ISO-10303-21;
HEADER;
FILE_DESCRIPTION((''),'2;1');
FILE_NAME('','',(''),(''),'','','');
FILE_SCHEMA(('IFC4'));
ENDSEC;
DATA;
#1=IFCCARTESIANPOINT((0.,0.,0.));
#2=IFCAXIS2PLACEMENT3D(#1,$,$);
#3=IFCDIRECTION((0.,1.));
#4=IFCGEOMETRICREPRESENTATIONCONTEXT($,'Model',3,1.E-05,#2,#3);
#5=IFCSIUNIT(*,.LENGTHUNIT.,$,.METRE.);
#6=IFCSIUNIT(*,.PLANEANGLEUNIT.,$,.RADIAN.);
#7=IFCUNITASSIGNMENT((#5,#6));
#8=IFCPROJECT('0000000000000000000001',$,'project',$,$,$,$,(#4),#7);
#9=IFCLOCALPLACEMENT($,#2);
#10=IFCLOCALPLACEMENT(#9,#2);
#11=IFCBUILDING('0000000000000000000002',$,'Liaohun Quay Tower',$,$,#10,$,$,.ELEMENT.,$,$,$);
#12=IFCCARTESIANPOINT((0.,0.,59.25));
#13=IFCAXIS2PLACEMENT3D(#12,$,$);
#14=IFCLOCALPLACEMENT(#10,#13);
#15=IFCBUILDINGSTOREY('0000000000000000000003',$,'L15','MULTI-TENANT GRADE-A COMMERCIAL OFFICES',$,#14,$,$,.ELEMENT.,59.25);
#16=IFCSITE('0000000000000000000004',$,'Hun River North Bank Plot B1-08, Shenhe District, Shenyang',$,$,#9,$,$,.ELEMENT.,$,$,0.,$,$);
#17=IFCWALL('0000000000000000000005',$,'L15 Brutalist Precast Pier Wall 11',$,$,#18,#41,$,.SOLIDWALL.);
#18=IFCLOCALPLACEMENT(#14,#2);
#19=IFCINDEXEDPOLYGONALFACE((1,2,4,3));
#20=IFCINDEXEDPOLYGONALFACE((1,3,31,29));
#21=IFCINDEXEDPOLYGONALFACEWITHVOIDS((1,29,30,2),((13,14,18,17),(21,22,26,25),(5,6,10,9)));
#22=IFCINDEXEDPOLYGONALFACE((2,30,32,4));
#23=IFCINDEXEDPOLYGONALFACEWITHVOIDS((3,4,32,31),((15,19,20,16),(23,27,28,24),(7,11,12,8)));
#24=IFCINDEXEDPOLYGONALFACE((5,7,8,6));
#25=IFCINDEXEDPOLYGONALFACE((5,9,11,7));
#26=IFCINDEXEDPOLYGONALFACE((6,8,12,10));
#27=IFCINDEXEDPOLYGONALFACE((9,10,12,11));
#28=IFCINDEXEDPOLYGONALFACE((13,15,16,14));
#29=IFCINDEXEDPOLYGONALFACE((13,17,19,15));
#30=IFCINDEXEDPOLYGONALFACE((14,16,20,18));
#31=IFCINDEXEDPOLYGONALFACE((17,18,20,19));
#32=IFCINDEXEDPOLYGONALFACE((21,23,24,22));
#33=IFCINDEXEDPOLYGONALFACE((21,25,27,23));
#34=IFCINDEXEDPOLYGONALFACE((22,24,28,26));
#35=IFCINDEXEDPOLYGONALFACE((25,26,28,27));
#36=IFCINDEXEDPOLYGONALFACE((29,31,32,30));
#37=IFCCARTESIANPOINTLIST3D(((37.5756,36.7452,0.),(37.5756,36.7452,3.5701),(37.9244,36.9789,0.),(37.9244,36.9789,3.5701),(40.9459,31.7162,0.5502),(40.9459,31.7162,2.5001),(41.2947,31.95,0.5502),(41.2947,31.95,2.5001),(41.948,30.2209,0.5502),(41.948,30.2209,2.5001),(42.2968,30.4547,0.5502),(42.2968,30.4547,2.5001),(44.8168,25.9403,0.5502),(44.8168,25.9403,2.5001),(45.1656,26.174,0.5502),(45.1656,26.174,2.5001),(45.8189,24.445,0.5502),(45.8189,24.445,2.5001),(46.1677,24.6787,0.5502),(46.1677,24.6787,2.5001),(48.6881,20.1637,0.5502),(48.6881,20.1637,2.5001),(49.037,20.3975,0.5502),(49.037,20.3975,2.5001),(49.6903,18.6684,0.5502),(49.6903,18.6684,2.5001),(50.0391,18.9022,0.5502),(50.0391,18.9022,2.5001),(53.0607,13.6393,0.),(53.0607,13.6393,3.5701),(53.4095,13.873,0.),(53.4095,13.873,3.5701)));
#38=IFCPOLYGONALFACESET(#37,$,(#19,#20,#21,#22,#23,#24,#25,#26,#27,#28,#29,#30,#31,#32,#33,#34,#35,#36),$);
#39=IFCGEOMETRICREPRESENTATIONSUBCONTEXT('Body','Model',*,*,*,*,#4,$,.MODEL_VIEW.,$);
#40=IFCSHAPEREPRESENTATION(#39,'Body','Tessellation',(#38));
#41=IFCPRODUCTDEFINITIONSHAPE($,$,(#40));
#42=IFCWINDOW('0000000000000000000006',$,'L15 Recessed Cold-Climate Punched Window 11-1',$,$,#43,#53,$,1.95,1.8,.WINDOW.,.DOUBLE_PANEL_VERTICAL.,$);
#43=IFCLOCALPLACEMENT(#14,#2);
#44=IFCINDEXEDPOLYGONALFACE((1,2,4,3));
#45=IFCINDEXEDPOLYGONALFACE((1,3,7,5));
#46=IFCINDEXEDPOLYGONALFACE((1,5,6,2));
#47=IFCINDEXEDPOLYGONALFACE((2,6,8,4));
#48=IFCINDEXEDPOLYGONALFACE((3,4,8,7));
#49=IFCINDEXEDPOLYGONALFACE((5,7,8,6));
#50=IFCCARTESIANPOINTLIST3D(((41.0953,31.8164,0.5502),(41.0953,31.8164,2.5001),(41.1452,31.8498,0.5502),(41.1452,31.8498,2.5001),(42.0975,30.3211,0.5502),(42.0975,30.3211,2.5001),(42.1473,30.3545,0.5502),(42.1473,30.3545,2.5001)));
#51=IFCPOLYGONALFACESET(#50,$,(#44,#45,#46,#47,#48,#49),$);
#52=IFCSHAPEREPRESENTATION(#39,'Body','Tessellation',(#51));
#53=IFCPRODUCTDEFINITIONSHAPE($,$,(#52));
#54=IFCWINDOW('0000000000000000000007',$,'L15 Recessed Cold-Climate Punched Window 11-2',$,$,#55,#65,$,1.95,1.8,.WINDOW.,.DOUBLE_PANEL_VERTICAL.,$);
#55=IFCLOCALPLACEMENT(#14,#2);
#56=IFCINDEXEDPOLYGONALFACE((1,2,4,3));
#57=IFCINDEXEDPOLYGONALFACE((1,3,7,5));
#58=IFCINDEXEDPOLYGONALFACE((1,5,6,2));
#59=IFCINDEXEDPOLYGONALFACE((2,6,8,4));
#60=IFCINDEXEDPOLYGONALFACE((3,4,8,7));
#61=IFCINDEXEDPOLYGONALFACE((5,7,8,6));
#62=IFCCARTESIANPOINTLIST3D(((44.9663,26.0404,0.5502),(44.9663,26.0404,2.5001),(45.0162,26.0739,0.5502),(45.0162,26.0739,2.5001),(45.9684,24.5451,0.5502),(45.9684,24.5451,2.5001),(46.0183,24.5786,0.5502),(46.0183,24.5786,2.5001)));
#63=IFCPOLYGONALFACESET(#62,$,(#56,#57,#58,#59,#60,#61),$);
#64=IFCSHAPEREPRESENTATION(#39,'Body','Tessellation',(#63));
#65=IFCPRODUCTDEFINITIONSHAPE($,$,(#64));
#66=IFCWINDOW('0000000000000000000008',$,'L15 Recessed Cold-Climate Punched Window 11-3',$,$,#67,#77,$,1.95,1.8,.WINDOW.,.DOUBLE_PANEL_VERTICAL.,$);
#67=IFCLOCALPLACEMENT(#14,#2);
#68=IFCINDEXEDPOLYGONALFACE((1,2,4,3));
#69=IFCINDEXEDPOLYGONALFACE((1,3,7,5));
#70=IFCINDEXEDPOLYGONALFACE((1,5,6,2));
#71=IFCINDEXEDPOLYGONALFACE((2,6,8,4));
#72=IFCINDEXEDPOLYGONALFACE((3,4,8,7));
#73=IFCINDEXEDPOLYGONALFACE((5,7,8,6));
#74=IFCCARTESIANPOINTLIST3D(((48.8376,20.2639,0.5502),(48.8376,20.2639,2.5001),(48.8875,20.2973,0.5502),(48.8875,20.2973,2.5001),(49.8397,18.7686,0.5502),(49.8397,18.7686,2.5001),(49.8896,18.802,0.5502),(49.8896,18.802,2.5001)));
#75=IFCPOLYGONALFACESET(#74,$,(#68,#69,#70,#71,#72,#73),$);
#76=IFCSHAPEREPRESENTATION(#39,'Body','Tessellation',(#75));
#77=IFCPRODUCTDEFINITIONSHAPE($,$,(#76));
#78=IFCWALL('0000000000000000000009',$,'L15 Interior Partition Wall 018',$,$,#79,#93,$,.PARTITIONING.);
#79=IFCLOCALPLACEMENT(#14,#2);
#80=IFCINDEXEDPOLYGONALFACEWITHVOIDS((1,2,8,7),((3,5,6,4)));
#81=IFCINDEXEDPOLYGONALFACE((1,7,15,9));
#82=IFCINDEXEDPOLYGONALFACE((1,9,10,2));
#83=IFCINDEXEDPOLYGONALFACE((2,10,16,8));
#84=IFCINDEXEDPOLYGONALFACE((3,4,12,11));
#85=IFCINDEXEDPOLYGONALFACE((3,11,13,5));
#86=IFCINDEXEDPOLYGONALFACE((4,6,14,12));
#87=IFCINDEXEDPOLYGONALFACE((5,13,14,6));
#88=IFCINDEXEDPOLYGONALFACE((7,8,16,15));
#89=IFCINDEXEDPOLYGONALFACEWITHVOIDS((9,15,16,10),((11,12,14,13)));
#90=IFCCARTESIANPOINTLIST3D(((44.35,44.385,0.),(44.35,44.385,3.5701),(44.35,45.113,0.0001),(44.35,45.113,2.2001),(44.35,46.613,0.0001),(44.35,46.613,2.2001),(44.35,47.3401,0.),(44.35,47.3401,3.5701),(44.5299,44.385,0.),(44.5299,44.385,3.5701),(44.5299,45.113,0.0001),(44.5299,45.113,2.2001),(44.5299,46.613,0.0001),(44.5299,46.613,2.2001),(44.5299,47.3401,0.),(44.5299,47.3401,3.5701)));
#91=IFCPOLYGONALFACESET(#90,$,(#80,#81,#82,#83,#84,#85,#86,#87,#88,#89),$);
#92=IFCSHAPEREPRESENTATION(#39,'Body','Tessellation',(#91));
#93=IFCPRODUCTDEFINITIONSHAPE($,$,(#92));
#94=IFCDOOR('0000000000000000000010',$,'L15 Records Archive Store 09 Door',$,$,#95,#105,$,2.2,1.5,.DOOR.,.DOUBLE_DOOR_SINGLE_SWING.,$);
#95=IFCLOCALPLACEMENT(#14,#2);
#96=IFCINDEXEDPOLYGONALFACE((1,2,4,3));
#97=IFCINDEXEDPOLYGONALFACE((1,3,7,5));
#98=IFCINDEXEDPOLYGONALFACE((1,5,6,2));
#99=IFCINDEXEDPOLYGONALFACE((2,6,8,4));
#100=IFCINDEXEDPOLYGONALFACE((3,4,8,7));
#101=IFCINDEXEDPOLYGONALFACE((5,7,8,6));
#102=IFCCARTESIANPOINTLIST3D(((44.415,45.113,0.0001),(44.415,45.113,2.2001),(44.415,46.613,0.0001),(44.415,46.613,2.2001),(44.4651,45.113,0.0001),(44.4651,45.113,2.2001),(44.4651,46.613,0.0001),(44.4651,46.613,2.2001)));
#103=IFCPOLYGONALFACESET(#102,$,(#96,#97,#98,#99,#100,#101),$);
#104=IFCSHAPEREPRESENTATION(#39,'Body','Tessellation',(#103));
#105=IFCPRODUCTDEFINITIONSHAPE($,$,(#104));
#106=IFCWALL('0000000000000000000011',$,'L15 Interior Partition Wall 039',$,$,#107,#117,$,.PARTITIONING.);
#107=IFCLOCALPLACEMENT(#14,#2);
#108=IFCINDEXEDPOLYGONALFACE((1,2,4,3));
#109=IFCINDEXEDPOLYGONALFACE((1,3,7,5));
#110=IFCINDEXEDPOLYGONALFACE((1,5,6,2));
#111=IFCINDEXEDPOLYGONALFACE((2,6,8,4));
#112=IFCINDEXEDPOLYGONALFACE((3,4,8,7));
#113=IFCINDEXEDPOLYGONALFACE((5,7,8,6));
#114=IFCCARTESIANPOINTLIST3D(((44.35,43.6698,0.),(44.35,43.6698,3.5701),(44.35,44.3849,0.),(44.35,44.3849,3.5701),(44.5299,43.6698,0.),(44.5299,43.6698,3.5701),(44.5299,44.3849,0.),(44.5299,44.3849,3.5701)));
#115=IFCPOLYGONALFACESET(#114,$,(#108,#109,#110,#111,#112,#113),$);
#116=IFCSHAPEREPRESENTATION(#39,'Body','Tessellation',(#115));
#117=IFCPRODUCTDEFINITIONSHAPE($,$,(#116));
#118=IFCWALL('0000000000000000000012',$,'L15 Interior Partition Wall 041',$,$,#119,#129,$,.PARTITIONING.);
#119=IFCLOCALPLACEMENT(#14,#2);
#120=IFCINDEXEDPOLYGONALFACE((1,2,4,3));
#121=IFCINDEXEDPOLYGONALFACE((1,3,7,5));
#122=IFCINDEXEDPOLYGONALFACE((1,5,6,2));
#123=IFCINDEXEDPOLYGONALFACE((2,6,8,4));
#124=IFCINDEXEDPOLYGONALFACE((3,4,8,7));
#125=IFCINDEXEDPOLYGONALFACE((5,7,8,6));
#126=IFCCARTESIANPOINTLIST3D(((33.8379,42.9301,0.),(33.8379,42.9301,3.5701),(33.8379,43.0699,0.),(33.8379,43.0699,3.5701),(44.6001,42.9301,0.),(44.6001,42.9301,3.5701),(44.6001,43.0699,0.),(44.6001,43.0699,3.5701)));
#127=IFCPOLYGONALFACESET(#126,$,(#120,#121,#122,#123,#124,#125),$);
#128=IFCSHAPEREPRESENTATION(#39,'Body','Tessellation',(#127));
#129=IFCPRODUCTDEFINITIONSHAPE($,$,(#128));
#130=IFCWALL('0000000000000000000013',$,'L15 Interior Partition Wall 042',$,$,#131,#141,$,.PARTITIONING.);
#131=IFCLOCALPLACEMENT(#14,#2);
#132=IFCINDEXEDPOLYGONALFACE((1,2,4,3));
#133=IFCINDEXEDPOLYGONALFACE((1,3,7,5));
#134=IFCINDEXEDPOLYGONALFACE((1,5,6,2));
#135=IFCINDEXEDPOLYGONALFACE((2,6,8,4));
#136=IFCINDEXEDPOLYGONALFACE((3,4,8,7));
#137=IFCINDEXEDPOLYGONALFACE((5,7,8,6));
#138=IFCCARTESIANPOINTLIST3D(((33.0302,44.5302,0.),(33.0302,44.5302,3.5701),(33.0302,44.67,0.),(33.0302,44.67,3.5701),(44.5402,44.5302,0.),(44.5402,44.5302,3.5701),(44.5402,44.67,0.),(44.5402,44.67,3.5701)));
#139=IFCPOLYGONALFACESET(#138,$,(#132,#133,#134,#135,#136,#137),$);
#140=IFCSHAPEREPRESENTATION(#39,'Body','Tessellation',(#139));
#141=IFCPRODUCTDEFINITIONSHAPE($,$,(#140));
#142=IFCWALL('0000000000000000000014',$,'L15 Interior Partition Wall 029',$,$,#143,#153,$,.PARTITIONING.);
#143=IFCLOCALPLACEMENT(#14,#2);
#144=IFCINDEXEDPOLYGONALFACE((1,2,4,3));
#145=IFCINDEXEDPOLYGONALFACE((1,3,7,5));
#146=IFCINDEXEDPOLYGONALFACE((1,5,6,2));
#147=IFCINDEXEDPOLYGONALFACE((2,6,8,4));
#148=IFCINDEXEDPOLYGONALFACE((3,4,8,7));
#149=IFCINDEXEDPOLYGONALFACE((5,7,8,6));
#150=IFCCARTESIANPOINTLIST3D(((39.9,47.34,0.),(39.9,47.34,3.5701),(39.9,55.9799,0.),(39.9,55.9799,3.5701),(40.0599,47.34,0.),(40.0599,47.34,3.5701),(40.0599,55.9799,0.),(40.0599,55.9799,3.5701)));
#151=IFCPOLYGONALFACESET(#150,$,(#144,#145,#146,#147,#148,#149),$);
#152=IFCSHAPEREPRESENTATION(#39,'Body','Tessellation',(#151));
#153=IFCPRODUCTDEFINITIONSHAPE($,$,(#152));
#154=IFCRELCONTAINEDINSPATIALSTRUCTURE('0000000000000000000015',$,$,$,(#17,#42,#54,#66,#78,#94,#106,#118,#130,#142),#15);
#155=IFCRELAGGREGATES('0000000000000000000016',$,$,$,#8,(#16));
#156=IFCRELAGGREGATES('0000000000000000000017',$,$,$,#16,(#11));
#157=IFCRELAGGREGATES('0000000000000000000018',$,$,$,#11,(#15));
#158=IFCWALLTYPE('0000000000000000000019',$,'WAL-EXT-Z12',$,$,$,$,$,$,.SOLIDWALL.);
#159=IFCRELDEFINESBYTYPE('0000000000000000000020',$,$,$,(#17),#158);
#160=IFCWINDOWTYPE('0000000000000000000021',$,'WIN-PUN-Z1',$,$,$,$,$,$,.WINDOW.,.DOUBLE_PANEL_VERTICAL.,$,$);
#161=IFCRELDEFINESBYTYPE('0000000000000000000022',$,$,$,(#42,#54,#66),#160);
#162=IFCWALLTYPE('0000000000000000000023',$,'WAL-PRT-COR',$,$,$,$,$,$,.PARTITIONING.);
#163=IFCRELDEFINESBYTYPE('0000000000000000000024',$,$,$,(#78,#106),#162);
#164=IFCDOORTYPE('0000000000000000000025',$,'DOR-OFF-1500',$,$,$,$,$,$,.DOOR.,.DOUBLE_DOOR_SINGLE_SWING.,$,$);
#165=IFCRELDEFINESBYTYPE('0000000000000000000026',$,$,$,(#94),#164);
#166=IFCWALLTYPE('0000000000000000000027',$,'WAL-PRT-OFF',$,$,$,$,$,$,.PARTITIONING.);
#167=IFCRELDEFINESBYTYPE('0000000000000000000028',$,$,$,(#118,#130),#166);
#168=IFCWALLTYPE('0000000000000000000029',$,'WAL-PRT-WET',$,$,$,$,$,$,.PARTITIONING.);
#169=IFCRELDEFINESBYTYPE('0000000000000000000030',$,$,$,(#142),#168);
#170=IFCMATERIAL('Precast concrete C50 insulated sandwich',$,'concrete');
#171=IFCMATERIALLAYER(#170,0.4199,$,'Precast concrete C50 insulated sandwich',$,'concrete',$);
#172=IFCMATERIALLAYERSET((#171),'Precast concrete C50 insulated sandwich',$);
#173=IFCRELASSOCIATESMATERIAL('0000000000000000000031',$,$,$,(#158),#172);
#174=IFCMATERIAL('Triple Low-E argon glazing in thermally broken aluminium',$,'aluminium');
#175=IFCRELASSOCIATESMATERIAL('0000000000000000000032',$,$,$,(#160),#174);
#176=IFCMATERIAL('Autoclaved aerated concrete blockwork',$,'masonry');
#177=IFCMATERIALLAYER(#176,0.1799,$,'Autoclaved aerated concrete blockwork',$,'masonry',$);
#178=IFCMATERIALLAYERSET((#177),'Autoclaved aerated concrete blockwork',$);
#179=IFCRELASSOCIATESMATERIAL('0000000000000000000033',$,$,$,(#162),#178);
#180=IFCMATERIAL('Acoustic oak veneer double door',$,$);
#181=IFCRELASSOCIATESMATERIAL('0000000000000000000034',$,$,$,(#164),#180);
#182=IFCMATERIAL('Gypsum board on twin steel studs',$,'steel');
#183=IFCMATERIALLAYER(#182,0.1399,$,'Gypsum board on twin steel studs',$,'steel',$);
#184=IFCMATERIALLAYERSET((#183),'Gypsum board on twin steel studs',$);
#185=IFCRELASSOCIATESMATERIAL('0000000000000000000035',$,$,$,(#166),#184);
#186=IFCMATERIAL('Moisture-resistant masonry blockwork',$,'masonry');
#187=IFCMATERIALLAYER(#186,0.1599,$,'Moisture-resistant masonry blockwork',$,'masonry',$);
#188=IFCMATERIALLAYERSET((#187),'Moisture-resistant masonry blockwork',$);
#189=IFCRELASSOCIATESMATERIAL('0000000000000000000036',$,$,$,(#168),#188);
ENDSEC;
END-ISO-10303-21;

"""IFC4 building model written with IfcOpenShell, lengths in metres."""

from ifc_helpers import new_model, si_unit, direction, frame, frame_2d, origin, place, context, subcontext, project, spatial, rectangle, extrude, source, transform, mapped, material, layer, layer_set, type_object, element, fill, save


model = new_model("IFC4")

# Units and contexts
model_context = context("Model", 3, precision=1e-05, world=origin(), true_north=direction((0.0, 1.0)))
body_context = subcontext(model_context, "Body", "Model", "MODEL_VIEW")
ifc_project = project(units=[si_unit("LENGTHUNIT", "METRE"), si_unit("PLANEANGLEUNIT", "RADIAN")], contexts=[model_context])

# Site, building, storey
site_placement = place(None, origin())
site = spatial("IfcSite", under=ifc_project, at=site_placement, Name="Hun River North Bank Plot B1-08, Shenhe District, Shenyang", CompositionType="ELEMENT", RefElevation=0.0)
building_placement = place(site_placement, origin())
building = spatial("IfcBuilding", under=site, at=building_placement, Name="Liaohun Quay Tower", CompositionType="ELEMENT")
storey_placement = place(building_placement, frame((0.0, 0.0, 59.25)))
storey = spatial("IfcBuildingStorey", under=building, at=storey_placement, Name="L15", Description="MULTI-TENANT GRADE-A COMMERCIAL OFFICES", CompositionType="ELEMENT", Elevation=59.25)

# Wall, openings, windows
ifc_material_1 = material(Name="Precast concrete C50 insulated sandwich", Category="concrete")
ifc_layer_1 = layer(ifc_material_1, 0.4199, Name="Precast concrete C50 insulated sandwich", Category="concrete")
ifc_layer_set_1 = layer_set([ifc_layer_1], Name="Precast concrete C50 insulated sandwich")
wall_type_1 = type_object("IfcWallType", Name="WAL-EXT-Z12", PredefinedType="SOLIDWALL", material=ifc_layer_set_1)
wall_1_placement = place(storey_placement, frame((37.75, 36.8621, 0.0), z_axis=(0.0, 0.0, 1.0), x_axis=(0.556718, -0.830702, 0.0)))
wall_1 = element("IfcWall", 1, at=wall_1_placement, inside=storey, type_object=wall_type_1, Name="L15 Brutalist Precast Pier Wall 11", PredefinedType="SOLIDWALL", context=body_context, shape_type="SweptSolid", body=[
    extrude(rectangle(XDim=27.8149, YDim=0.4199, at=frame_2d((13.9075, 0.0))), origin(), (0.0, 0.0, 1.0), 3.5701),
])
shared_shape_1 = source(origin(), body_context, "Body", "SweptSolid", [
    extrude(rectangle(XDim=1.8, YDim=1.95, at=frame_2d((0.8999, 0.9751))), frame((0.0, 0.22, 0.0), z_axis=(0.0, -1.0, 0.0), x_axis=(1.0, 0.0, 0.0)), (0.0, 0.0, 1.0), 0.4399),
])
opening_1_placement = place(wall_1_placement, frame((6.054, 0.0, 0.55)))
opening_1 = element("IfcOpeningElement", 2, at=opening_1_placement, cuts=wall_1, PredefinedType="OPENING", context=body_context, shape_type="MappedRepresentation", body=[
    mapped(shared_shape_1, transform((0.0, 0.0, 0.0), x_axis=(1.0, 0.0, 0.0), y_axis=(0.0, 1.0, 0.0), z_axis=(0.0, 0.0, 1.0), scale=1.0)),
])
opening_2_placement = place(wall_1_placement, frame((13.0071, 0.0, 0.55)))
opening_2 = element("IfcOpeningElement", 3, at=opening_2_placement, cuts=wall_1, PredefinedType="OPENING", context=body_context, shape_type="MappedRepresentation", body=[
    mapped(shared_shape_1, transform((0.0, 0.0, 0.0), x_axis=(1.0, 0.0, 0.0), y_axis=(0.0, 1.0, 0.0), z_axis=(0.0, 0.0, 1.0), scale=1.0)),
])
opening_3_placement = place(wall_1_placement, frame((19.9609, 0.0, 0.55)))
opening_3 = element("IfcOpeningElement", 4, at=opening_3_placement, cuts=wall_1, PredefinedType="OPENING", context=body_context, shape_type="MappedRepresentation", body=[
    mapped(shared_shape_1, transform((0.0, 0.0, 0.0), x_axis=(1.0, 0.0, 0.0), y_axis=(0.0, 1.0, 0.0), z_axis=(0.0, 0.0, 1.0), scale=1.0)),
])
ifc_material_2 = material(Name="Triple Low-E argon glazing in thermally broken aluminium", Category="aluminium")
window_type = type_object("IfcWindowType", Name="WIN-PUN-Z1", PartitioningType="DOUBLE_PANEL_VERTICAL", PredefinedType="WINDOW", material=ifc_material_2)
shared_shape_2 = source(origin(), body_context, "Body", "SweptSolid", [
    extrude(rectangle(XDim=1.8, YDim=1.95, at=frame_2d((0.8999, 0.9751))), frame((0.0, 0.03, 0.0), z_axis=(0.0, -1.0, 0.0), x_axis=(1.0, 0.0, 0.0)), (0.0, 0.0, 1.0), 0.0601),
])
window_1_placement = place(opening_1_placement, origin())
window_1 = element("IfcWindow", 5, at=window_1_placement, inside=storey, type_object=window_type, Name="L15 Recessed Cold-Climate Punched Window 11-1", OverallHeight=1.95, OverallWidth=1.8, PartitioningType="DOUBLE_PANEL_VERTICAL", PredefinedType="WINDOW", context=body_context, shape_type="MappedRepresentation", body=[
    mapped(shared_shape_2, transform((0.0, 0.0, 0.0), x_axis=(1.0, 0.0, 0.0), y_axis=(0.0, 1.0, 0.0), z_axis=(0.0, 0.0, 1.0), scale=1.0)),
])
fill(opening_1, window_1)
window_2_placement = place(opening_2_placement, origin())
window_2 = element("IfcWindow", 6, at=window_2_placement, inside=storey, type_object=window_type, Name="L15 Recessed Cold-Climate Punched Window 11-2", OverallHeight=1.95, OverallWidth=1.8, PartitioningType="DOUBLE_PANEL_VERTICAL", PredefinedType="WINDOW", context=body_context, shape_type="MappedRepresentation", body=[
    mapped(shared_shape_2, transform((0.0, 0.0, 0.0), x_axis=(1.0, 0.0, 0.0), y_axis=(0.0, 1.0, 0.0), z_axis=(0.0, 0.0, 1.0), scale=1.0)),
])
fill(opening_2, window_2)
window_3_placement = place(opening_3_placement, origin())
window_3 = element("IfcWindow", 7, at=window_3_placement, inside=storey, type_object=window_type, Name="L15 Recessed Cold-Climate Punched Window 11-3", OverallHeight=1.95, OverallWidth=1.8, PartitioningType="DOUBLE_PANEL_VERTICAL", PredefinedType="WINDOW", context=body_context, shape_type="MappedRepresentation", body=[
    mapped(shared_shape_2, transform((0.0, 0.0, 0.0), x_axis=(1.0, 0.0, 0.0), y_axis=(0.0, 1.0, 0.0), z_axis=(0.0, 0.0, 1.0), scale=1.0)),
])
fill(opening_3, window_3)

# Wall, opening, door
ifc_material_3 = material(Name="Autoclaved aerated concrete blockwork", Category="masonry")
ifc_layer_2 = layer(ifc_material_3, 0.1799, Name="Autoclaved aerated concrete blockwork", Category="masonry")
ifc_layer_set_2 = layer_set([ifc_layer_2], Name="Autoclaved aerated concrete blockwork")
wall_type_2 = type_object("IfcWallType", Name="WAL-PRT-COR", PredefinedType="PARTITIONING", material=ifc_layer_set_2)
wall_2_placement = place(storey_placement, frame((44.4399, 44.385, 0.0), z_axis=(0.0, 0.0, 1.0), x_axis=(0.0, 1.0, 0.0)))
wall_2 = element("IfcWall", 8, at=wall_2_placement, inside=storey, type_object=wall_type_2, Name="L15 Interior Partition Wall 018", PredefinedType="PARTITIONING", context=body_context, shape_type="SweptSolid", body=[
    extrude(rectangle(XDim=2.9551, YDim=0.1799, at=frame_2d((1.4775, 0.0))), origin(), (0.0, 0.0, 1.0), 3.5701),
])
shared_shape_3 = source(origin(), body_context, "Body", "SweptSolid", [
    extrude(rectangle(XDim=1.5, YDim=2.2, at=frame_2d((0.75, 1.1001))), frame((0.0, 0.0999, 0.0), z_axis=(0.0, -1.0, 0.0), x_axis=(1.0, 0.0, 0.0)), (0.0, 0.0, 1.0), 0.2),
])
opening_4_placement = place(wall_2_placement, frame((0.728, 0.0, 0.0)))
opening_4 = element("IfcOpeningElement", 9, at=opening_4_placement, cuts=wall_2, PredefinedType="OPENING", context=body_context, shape_type="MappedRepresentation", body=[
    mapped(shared_shape_3, transform((0.0, 0.0, 0.0), x_axis=(1.0, 0.0, 0.0), y_axis=(0.0, 1.0, 0.0), z_axis=(0.0, 0.0, 1.0), scale=1.0)),
])
ifc_material_4 = material(Name="Acoustic oak veneer double door")
door_type_1 = type_object("IfcDoorType", Name="DOR-OFF-1500", OperationType="DOUBLE_DOOR_SINGLE_SWING", PredefinedType="DOOR", material=ifc_material_4)
shared_shape_4 = source(origin(), body_context, "Body", "SweptSolid", [
    extrude(rectangle(XDim=1.5, YDim=2.2, at=frame_2d((0.75, 1.1001))), frame((0.0, 0.0249, 0.0), z_axis=(0.0, -1.0, 0.0), x_axis=(1.0, 0.0, 0.0)), (0.0, 0.0, 1.0), 0.05),
])
door_1_placement = place(opening_4_placement, origin())
door_1 = element("IfcDoor", 10, at=door_1_placement, inside=storey, type_object=door_type_1, Name="L15 Records Archive Store 09 Door", OperationType="DOUBLE_DOOR_SINGLE_SWING", OverallHeight=2.2, OverallWidth=1.5, PredefinedType="DOOR", context=body_context, shape_type="MappedRepresentation", body=[
    mapped(shared_shape_4, transform((0.0, 0.0, 0.0), x_axis=(1.0, 0.0, 0.0), y_axis=(0.0, 1.0, 0.0), z_axis=(0.0, 0.0, 1.0), scale=1.0)),
])
fill(opening_4, door_1)

# Walls
wall_3_placement = place(storey_placement, frame((44.4399, 43.6699, 0.0), z_axis=(0.0, 0.0, 1.0), x_axis=(0.0, 1.0, 0.0)))
element("IfcWall", 11, at=wall_3_placement, inside=storey, type_object=wall_type_2, Name="L15 Interior Partition Wall 039", PredefinedType="PARTITIONING", context=body_context, shape_type="SweptSolid", body=[
    extrude(rectangle(XDim=0.7151, YDim=0.1799, at=frame_2d((0.3574, 0.0))), origin(), (0.0, 0.0, 1.0), 3.5701),
])
ifc_material_5 = material(Name="Gypsum board on twin steel studs", Category="steel")
ifc_layer_3 = layer(ifc_material_5, 0.1399, Name="Gypsum board on twin steel studs", Category="steel")
ifc_layer_set_3 = layer_set([ifc_layer_3], Name="Gypsum board on twin steel studs")
wall_type_3 = type_object("IfcWallType", Name="WAL-PRT-OFF", PredefinedType="PARTITIONING", material=ifc_layer_set_3)
wall_4_placement = place(storey_placement, frame((44.6001, 43.0, 0.0), z_axis=(0.0, 0.0, 1.0), x_axis=(-1.0, 0.0, 0.0)))
element("IfcWall", 12, at=wall_4_placement, inside=storey, type_object=wall_type_3, Name="L15 Interior Partition Wall 041", PredefinedType="PARTITIONING", context=body_context, shape_type="SweptSolid", body=[
    extrude(rectangle(XDim=10.7622, YDim=0.1399, at=frame_2d((5.3811, 0.0))), origin(), (0.0, 0.0, 1.0), 3.5701),
])
wall_5_placement = place(storey_placement, frame((44.54, 44.6001, 0.0), z_axis=(0.0, 0.0, 1.0), x_axis=(-1.0, 0.0, 0.0)))
element("IfcWall", 13, at=wall_5_placement, inside=storey, type_object=wall_type_3, Name="L15 Interior Partition Wall 042", PredefinedType="PARTITIONING", context=body_context, shape_type="SweptSolid", body=[
    extrude(rectangle(XDim=11.51, YDim=0.1399, at=frame_2d((5.7549, 0.0))), origin(), (0.0, 0.0, 1.0), 3.5701),
])

# Shared definitions
ifc_material_6 = material(Name="Moisture-resistant masonry blockwork", Category="masonry")
ifc_layer_4 = layer(ifc_material_6, 0.1599, Name="Moisture-resistant masonry blockwork", Category="masonry")
ifc_layer_set_4 = layer_set([ifc_layer_4], Name="Moisture-resistant masonry blockwork")
wall_type_4 = type_object("IfcWallType", Name="WAL-PRT-WET", PredefinedType="PARTITIONING", material=ifc_layer_set_4)

# Wall
wall_6_placement = place(storey_placement, frame((39.98, 47.3401, 0.0), z_axis=(0.0, 0.0, 1.0), x_axis=(0.0, 1.0, 0.0)))
element("IfcWall", 14, at=wall_6_placement, inside=storey, type_object=wall_type_4, Name="L15 Interior Partition Wall 029", PredefinedType="PARTITIONING", context=body_context, shape_type="SweptSolid", body=[
    extrude(rectangle(XDim=8.6399, YDim=0.1599, at=frame_2d((4.3198, 0.0))), origin(), (0.0, 0.0, 1.0), 3.5701),
])

save(model, "model.ifc")
